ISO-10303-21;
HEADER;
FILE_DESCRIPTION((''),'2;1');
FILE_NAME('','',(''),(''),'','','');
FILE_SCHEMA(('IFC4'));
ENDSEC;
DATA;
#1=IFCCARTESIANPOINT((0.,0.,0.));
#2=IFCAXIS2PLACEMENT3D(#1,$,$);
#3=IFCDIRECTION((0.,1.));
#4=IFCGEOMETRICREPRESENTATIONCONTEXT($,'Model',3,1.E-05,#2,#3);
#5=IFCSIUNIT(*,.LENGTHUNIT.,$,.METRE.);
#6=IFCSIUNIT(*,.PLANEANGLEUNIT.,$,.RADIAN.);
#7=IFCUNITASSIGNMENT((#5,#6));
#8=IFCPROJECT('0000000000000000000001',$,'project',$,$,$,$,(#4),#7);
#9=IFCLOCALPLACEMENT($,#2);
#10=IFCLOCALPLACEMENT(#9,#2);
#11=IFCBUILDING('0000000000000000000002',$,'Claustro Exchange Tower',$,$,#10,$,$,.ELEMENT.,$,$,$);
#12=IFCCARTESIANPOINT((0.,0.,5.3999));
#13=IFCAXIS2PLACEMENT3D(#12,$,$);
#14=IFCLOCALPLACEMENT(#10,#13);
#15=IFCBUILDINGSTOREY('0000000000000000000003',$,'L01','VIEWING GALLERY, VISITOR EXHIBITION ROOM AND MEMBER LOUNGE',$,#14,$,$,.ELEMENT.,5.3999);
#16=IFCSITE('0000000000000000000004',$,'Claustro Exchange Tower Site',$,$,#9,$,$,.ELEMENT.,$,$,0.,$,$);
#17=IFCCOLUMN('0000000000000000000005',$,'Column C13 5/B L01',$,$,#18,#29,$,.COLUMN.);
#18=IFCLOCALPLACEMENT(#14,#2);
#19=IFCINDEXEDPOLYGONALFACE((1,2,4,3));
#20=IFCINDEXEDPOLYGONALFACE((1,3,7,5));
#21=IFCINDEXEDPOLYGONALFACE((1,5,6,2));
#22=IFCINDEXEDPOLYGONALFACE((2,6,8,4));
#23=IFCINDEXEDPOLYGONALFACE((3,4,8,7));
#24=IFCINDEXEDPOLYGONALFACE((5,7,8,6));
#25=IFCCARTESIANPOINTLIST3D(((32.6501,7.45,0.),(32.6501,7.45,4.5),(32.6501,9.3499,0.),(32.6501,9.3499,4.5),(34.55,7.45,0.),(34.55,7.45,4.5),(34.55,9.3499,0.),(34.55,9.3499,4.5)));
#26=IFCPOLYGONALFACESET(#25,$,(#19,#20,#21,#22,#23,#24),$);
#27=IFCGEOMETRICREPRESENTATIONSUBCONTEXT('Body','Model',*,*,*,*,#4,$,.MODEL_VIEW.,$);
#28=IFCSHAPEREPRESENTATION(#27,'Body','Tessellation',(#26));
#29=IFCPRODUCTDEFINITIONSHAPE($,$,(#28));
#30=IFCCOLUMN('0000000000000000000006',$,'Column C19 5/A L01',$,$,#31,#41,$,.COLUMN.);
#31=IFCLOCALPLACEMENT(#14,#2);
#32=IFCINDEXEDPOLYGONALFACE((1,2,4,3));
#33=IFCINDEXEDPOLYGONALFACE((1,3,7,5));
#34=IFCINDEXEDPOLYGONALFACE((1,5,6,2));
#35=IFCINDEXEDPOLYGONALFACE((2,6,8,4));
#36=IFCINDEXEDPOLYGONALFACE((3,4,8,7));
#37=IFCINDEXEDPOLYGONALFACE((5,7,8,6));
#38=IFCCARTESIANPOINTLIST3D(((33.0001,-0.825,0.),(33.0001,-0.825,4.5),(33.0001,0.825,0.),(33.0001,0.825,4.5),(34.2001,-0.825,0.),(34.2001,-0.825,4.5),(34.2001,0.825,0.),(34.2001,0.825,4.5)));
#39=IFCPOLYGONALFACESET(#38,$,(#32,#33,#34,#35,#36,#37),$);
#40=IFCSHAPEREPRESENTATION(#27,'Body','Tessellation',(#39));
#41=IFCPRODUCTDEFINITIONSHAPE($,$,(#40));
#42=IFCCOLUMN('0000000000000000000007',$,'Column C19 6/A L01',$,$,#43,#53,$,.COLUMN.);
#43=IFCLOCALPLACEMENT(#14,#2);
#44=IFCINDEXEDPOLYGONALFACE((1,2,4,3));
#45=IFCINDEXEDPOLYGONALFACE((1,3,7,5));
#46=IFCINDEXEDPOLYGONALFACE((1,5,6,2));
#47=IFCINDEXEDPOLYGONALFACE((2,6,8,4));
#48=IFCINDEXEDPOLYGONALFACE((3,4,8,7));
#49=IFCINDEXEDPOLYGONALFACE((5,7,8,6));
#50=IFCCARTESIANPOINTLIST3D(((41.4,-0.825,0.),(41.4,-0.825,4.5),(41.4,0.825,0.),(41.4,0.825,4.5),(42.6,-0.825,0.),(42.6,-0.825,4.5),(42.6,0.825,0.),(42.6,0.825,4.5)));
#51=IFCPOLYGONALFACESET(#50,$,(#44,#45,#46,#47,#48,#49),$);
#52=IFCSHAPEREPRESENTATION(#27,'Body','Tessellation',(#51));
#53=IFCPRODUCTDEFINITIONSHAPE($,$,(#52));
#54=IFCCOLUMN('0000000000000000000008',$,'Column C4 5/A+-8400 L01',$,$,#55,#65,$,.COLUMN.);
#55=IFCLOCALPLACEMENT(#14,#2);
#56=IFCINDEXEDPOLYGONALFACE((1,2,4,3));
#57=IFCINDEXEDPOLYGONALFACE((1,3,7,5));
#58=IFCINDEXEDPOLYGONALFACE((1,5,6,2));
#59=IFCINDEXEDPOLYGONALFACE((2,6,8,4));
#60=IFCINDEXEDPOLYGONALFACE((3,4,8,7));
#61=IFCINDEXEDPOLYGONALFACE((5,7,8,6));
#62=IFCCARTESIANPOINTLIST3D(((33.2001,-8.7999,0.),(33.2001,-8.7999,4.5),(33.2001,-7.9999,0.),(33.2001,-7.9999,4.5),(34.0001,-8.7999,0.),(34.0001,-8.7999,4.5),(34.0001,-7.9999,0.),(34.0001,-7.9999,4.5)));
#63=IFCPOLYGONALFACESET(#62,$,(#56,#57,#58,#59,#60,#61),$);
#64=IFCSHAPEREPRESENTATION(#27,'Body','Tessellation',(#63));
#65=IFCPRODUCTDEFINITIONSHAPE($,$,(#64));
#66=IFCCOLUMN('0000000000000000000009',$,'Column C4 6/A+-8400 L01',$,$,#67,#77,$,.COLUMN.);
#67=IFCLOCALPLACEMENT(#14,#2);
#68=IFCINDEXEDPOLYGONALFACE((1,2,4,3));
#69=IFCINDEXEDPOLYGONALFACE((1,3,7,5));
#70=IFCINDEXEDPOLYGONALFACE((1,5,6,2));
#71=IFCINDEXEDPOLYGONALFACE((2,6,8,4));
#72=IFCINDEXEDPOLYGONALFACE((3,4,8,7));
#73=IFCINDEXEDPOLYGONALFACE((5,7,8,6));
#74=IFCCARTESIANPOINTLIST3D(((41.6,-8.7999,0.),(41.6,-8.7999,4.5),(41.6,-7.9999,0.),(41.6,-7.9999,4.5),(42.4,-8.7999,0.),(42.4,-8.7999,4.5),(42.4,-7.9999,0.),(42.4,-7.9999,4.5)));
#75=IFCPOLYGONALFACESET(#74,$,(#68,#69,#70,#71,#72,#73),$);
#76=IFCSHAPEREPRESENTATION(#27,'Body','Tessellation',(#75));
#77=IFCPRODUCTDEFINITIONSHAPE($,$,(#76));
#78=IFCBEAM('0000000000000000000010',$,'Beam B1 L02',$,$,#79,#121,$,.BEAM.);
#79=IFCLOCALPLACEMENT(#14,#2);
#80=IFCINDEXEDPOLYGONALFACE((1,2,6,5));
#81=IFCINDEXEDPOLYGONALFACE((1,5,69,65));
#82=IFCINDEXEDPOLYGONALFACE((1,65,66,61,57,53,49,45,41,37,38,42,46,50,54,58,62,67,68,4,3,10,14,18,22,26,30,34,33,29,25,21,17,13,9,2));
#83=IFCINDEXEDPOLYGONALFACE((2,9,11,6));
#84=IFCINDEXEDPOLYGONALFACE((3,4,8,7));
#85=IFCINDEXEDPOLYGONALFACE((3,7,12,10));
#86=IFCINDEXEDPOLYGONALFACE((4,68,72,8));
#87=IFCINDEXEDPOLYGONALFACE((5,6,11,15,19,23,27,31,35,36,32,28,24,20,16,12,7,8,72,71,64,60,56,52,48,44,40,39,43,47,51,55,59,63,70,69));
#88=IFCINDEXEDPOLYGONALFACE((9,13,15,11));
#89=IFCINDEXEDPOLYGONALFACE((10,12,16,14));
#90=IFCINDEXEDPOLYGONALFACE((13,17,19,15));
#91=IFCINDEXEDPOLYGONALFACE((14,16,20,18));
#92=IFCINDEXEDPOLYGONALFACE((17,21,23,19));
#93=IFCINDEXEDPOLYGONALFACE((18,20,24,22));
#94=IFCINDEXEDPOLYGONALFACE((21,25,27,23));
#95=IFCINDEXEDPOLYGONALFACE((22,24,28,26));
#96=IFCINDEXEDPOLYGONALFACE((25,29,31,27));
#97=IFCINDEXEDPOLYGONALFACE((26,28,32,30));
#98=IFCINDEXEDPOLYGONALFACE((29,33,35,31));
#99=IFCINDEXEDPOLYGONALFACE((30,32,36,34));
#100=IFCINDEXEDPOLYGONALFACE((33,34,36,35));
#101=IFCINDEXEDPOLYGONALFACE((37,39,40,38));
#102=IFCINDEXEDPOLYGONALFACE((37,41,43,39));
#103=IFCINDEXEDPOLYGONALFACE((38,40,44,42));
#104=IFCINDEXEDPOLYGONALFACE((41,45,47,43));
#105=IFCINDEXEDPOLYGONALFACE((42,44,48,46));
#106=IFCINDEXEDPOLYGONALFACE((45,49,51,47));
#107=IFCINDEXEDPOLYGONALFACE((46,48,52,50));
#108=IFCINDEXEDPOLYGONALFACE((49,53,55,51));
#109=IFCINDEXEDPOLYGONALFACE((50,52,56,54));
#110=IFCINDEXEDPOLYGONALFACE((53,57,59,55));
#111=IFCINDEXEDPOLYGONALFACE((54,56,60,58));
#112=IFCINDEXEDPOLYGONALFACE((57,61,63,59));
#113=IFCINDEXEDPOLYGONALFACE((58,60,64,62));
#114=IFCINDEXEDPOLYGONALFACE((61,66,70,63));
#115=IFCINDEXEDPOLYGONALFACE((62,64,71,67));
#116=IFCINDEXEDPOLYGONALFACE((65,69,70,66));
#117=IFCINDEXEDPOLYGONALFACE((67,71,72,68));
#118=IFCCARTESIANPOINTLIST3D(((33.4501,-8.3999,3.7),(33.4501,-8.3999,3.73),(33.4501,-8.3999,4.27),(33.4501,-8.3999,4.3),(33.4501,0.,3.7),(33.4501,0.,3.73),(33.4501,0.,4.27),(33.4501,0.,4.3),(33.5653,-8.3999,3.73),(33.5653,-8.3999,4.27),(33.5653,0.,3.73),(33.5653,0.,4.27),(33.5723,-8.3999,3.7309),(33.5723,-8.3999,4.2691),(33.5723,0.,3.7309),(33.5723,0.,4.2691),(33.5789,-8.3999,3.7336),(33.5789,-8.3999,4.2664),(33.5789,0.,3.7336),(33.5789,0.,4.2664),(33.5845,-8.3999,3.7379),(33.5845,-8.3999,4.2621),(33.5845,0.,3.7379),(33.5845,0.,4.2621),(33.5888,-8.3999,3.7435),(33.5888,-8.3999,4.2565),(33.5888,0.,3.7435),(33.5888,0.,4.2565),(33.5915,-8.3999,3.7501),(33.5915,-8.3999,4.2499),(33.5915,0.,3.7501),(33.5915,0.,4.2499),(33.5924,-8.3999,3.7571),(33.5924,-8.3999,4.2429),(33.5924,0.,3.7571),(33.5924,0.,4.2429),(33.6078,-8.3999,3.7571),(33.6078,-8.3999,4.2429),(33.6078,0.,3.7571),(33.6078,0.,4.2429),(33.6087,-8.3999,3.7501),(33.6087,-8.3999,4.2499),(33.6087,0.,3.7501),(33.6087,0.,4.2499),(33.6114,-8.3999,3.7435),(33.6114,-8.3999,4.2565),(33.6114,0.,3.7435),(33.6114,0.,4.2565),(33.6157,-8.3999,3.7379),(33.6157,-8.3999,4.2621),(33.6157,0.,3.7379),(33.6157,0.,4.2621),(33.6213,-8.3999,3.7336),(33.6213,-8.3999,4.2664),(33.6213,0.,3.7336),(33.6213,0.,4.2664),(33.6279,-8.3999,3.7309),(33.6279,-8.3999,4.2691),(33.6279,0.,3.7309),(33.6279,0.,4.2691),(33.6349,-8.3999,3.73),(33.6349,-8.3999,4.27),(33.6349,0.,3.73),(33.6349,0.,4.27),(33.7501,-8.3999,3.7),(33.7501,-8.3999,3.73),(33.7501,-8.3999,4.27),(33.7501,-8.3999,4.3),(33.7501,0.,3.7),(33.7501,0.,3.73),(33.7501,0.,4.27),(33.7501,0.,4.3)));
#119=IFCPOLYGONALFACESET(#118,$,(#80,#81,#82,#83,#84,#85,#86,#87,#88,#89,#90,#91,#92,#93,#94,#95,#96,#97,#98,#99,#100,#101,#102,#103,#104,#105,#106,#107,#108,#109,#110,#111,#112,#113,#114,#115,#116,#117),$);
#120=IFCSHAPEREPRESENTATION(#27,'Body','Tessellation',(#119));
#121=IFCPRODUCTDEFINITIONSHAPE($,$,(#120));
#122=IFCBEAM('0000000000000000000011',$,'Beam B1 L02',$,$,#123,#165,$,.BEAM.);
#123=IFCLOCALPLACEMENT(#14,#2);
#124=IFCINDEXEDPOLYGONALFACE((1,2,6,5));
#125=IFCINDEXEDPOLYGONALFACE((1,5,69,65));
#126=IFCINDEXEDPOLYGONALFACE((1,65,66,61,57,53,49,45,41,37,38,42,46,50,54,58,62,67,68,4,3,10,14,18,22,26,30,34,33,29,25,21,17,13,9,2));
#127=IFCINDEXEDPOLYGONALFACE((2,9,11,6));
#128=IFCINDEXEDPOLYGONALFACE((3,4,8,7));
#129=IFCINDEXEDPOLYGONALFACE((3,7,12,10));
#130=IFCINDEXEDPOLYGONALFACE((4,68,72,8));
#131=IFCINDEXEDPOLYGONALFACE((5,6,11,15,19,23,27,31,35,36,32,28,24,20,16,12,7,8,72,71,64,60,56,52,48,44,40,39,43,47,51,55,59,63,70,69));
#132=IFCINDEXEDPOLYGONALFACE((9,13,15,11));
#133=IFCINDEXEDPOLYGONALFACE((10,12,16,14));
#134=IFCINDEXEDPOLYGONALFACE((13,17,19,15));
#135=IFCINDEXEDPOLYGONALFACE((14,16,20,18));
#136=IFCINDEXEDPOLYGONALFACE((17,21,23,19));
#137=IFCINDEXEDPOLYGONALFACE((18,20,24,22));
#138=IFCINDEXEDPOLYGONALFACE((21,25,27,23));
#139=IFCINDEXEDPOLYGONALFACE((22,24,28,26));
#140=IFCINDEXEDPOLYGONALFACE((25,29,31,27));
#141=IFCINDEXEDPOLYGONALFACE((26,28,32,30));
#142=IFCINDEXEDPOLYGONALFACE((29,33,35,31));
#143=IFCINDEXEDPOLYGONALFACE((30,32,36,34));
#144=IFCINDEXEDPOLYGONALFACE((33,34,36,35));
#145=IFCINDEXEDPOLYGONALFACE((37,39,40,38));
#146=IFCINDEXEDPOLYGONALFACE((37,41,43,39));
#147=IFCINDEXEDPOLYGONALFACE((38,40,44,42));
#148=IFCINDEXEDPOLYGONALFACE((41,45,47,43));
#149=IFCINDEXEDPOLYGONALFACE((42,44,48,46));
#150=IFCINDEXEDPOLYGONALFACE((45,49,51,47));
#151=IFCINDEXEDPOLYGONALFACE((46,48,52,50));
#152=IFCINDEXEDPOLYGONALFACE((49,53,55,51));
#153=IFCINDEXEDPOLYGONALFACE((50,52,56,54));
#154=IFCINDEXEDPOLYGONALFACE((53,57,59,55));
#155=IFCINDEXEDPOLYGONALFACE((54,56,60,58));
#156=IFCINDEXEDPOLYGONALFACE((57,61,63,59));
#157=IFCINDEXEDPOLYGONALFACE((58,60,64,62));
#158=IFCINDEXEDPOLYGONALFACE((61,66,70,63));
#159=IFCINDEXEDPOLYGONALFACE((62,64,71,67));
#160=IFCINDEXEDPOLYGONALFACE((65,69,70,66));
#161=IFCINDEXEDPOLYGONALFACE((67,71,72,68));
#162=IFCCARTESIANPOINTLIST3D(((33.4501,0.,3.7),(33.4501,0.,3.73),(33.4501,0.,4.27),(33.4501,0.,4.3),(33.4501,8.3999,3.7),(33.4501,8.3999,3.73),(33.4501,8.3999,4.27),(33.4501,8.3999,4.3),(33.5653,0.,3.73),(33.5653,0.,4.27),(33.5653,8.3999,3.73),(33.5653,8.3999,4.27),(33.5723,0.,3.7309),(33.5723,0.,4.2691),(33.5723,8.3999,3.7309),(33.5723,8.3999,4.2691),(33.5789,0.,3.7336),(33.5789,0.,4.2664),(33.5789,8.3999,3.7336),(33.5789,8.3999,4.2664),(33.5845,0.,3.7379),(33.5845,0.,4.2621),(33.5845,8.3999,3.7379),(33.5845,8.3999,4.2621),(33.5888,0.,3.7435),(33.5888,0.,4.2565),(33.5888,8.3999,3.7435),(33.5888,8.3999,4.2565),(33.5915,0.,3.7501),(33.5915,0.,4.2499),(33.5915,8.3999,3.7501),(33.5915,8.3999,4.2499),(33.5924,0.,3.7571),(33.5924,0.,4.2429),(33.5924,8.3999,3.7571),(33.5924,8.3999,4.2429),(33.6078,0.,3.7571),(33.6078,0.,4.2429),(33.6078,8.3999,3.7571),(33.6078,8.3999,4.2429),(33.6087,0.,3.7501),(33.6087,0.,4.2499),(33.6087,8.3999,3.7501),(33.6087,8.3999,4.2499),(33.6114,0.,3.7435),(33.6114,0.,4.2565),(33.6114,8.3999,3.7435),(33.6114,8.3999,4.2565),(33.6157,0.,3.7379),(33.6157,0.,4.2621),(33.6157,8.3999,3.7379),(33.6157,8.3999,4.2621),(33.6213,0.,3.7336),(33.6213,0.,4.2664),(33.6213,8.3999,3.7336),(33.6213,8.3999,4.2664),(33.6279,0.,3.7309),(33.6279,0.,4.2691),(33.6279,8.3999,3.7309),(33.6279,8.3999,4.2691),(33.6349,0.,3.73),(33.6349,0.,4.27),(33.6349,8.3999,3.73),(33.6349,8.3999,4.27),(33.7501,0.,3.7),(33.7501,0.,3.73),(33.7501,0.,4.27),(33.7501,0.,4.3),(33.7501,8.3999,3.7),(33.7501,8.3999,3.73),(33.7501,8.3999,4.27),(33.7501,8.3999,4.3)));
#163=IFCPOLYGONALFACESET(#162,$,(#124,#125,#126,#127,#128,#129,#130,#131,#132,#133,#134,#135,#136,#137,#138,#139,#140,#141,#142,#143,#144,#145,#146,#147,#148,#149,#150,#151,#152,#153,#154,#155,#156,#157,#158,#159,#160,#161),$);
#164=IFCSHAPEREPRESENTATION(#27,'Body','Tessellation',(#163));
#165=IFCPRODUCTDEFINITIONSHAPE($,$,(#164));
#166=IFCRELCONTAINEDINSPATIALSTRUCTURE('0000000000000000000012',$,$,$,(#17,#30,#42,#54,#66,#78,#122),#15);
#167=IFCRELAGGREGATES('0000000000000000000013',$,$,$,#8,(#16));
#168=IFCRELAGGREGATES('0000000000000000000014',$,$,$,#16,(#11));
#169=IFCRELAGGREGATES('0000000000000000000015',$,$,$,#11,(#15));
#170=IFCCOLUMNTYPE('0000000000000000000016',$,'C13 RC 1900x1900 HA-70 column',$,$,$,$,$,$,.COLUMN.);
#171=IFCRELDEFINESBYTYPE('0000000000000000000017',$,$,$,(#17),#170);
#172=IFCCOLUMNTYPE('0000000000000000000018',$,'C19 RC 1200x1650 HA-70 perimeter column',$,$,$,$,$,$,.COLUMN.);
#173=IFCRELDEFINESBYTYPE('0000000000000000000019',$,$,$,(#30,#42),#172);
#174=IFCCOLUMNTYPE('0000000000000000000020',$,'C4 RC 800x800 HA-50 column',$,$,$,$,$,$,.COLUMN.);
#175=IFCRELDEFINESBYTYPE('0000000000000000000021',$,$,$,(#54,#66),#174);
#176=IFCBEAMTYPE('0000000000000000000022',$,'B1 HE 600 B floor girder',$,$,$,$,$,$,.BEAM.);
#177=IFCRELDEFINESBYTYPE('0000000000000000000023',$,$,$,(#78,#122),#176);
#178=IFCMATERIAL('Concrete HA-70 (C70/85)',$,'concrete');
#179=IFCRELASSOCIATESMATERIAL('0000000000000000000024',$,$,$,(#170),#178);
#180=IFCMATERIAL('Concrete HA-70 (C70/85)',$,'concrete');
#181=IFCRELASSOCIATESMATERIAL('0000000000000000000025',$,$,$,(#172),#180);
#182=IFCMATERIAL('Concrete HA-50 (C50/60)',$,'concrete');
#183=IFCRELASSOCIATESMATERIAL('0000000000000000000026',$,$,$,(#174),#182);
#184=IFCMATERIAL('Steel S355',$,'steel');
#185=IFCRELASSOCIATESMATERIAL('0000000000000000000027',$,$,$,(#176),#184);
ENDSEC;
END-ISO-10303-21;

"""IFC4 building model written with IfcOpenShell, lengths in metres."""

from ifc_helpers import new_model, si_unit, direction, frame, origin, origin_2d, place, context, subcontext, project, spatial, rectangle, i_section, extrude, material, material_profile, profile_set, type_object, element, save


model = new_model("IFC4")

# Units and contexts
model_context = context("Model", 3, precision=1e-05, world=origin(), true_north=direction((0.0, 1.0)))
body_context = subcontext(model_context, "Body", "Model", "MODEL_VIEW")
ifc_project = project(units=[si_unit("LENGTHUNIT", "METRE"), si_unit("PLANEANGLEUNIT", "RADIAN")], contexts=[model_context])

# Site, building, storey
site_placement = place(None, origin())
site = spatial("IfcSite", under=ifc_project, at=site_placement, Name="Claustro Exchange Tower Site", CompositionType="ELEMENT", RefElevation=0.0)
building_placement = place(site_placement, origin())
building = spatial("IfcBuilding", under=site, at=building_placement, Name="Claustro Exchange Tower", CompositionType="ELEMENT")
storey_placement = place(building_placement, frame((0.0, 0.0, 5.3999)))
storey = spatial("IfcBuildingStorey", under=building, at=storey_placement, Name="L01", Description="VIEWING GALLERY, VISITOR EXHIBITION ROOM AND MEMBER LOUNGE", CompositionType="ELEMENT", Elevation=5.3999)

# Columns
ifc_material_1 = material(Name="Concrete HA-70 (C70/85)", Category="concrete")
ifc_material_profile_1 = material_profile(ifc_material_1, rectangle(XDim=1.8999, YDim=1.8999, at=origin_2d()), Name="RC 1900x1900")
ifc_profile_set_1 = profile_set([ifc_material_profile_1], Name="Concrete HA-70 (C70/85)")
column_type_1 = type_object("IfcColumnType", Name="C13 RC 1900x1900 HA-70 column", PredefinedType="COLUMN", material=ifc_profile_set_1)
column_placement = place(storey_placement, frame((33.6001, 8.3999, 0.0), z_axis=(0.0, 0.0, 1.0), x_axis=(1.0, 0.0, 0.0)))
element("IfcColumn", 1, at=column_placement, inside=storey, type_object=column_type_1, Name="Column C13 5/B L01", PredefinedType="COLUMN", context=body_context, shape_type="SweptSolid", body=[
    extrude(rectangle(XDim=1.8999, YDim=1.8999, at=origin_2d()), origin(), (0.0, 0.0, 1.0), 4.5),
])
ifc_material_2 = material(Name="Concrete HA-70 (C70/85)", Category="concrete")
ifc_material_profile_2 = material_profile(ifc_material_2, rectangle(XDim=1.2, YDim=1.6499, at=origin_2d()), Name="RC 1200x1650")
ifc_profile_set_2 = profile_set([ifc_material_profile_2], Name="Concrete HA-70 (C70/85)")
column_type_2 = type_object("IfcColumnType", Name="C19 RC 1200x1650 HA-70 perimeter column", PredefinedType="COLUMN", material=ifc_profile_set_2)
for number, where, z_axis, x_axis, name in (
    (2, (33.6001, 0.0, 0.0), (0.0, 0.0, 1.0), (1.0, 0.0, 0.0), "Column C19 5/A L01"),
    (3, (42.0, 0.0, 0.0), (0.0, 0.0, 1.0), (1.0, 0.0, 0.0), "Column C19 6/A L01"),
):
    element("IfcColumn", number, at=place(storey_placement, frame(where, z_axis=z_axis, x_axis=x_axis)), inside=storey, type_object=column_type_2, Name=name, PredefinedType="COLUMN", context=body_context, shape_type="SweptSolid", body=[
        extrude(rectangle(XDim=1.2, YDim=1.6499, at=origin_2d()), origin(), (0.0, 0.0, 1.0), 4.5),
    ])
ifc_material_3 = material(Name="Concrete HA-50 (C50/60)", Category="concrete")
ifc_material_profile_3 = material_profile(ifc_material_3, rectangle(XDim=0.8, YDim=0.8, at=origin_2d()), Name="RC 800x800")
ifc_profile_set_3 = profile_set([ifc_material_profile_3], Name="Concrete HA-50 (C50/60)")
column_type_3 = type_object("IfcColumnType", Name="C4 RC 800x800 HA-50 column", PredefinedType="COLUMN", material=ifc_profile_set_3)
for number, where, z_axis, x_axis, name in (
    (4, (33.6001, -8.3999, 0.0), (0.0, 0.0, 1.0), (1.0, 0.0, 0.0), "Column C4 5/A+-8400 L01"),
    (5, (42.0, -8.3999, 0.0), (0.0, 0.0, 1.0), (1.0, 0.0, 0.0), "Column C4 6/A+-8400 L01"),
):
    element("IfcColumn", number, at=place(storey_placement, frame(where, z_axis=z_axis, x_axis=x_axis)), inside=storey, type_object=column_type_3, Name=name, PredefinedType="COLUMN", context=body_context, shape_type="SweptSolid", body=[
        extrude(rectangle(XDim=0.8, YDim=0.8, at=origin_2d()), origin(), (0.0, 0.0, 1.0), 4.5),
    ])

# Beams
ifc_material_4 = material(Name="Steel S355", Category="steel")
ifc_material_profile_4 = material_profile(ifc_material_4, i_section(OverallWidth=0.3, OverallDepth=0.6001, WebThickness=0.0154, FlangeThickness=0.03, FilletRadius=0.0271, at=origin_2d()), Name="HE 600 B")
ifc_profile_set_4 = profile_set([ifc_material_profile_4], Name="Steel S355")
beam_type_1 = type_object("IfcBeamType", Name="B1 HE 600 B floor girder", PredefinedType="BEAM", material=ifc_profile_set_4)
for number, where, z_axis, x_axis, name in (
    (6, (33.6001, -8.3999, 4.0), (0.0, 1.0, 0.0), (-1.0, 0.0, 0.0), "Beam B1 L02"),
    (7, (33.6001, 0.0, 4.0), (0.0, 1.0, 0.0), (-1.0, 0.0, 0.0), "Beam B1 L02"),
):
    element("IfcBeam", number, at=place(storey_placement, frame(where, z_axis=z_axis, x_axis=x_axis)), inside=storey, type_object=beam_type_1, Name=name, PredefinedType="BEAM", context=body_context, shape_type="SweptSolid", body=[
        extrude(i_section(OverallWidth=0.3, OverallDepth=0.6001, WebThickness=0.0154, FlangeThickness=0.03, FilletRadius=0.0271, at=origin_2d()), origin(), (0.0, 0.0, 1.0), 8.3999),
    ])

save(model, "model.ifc")
